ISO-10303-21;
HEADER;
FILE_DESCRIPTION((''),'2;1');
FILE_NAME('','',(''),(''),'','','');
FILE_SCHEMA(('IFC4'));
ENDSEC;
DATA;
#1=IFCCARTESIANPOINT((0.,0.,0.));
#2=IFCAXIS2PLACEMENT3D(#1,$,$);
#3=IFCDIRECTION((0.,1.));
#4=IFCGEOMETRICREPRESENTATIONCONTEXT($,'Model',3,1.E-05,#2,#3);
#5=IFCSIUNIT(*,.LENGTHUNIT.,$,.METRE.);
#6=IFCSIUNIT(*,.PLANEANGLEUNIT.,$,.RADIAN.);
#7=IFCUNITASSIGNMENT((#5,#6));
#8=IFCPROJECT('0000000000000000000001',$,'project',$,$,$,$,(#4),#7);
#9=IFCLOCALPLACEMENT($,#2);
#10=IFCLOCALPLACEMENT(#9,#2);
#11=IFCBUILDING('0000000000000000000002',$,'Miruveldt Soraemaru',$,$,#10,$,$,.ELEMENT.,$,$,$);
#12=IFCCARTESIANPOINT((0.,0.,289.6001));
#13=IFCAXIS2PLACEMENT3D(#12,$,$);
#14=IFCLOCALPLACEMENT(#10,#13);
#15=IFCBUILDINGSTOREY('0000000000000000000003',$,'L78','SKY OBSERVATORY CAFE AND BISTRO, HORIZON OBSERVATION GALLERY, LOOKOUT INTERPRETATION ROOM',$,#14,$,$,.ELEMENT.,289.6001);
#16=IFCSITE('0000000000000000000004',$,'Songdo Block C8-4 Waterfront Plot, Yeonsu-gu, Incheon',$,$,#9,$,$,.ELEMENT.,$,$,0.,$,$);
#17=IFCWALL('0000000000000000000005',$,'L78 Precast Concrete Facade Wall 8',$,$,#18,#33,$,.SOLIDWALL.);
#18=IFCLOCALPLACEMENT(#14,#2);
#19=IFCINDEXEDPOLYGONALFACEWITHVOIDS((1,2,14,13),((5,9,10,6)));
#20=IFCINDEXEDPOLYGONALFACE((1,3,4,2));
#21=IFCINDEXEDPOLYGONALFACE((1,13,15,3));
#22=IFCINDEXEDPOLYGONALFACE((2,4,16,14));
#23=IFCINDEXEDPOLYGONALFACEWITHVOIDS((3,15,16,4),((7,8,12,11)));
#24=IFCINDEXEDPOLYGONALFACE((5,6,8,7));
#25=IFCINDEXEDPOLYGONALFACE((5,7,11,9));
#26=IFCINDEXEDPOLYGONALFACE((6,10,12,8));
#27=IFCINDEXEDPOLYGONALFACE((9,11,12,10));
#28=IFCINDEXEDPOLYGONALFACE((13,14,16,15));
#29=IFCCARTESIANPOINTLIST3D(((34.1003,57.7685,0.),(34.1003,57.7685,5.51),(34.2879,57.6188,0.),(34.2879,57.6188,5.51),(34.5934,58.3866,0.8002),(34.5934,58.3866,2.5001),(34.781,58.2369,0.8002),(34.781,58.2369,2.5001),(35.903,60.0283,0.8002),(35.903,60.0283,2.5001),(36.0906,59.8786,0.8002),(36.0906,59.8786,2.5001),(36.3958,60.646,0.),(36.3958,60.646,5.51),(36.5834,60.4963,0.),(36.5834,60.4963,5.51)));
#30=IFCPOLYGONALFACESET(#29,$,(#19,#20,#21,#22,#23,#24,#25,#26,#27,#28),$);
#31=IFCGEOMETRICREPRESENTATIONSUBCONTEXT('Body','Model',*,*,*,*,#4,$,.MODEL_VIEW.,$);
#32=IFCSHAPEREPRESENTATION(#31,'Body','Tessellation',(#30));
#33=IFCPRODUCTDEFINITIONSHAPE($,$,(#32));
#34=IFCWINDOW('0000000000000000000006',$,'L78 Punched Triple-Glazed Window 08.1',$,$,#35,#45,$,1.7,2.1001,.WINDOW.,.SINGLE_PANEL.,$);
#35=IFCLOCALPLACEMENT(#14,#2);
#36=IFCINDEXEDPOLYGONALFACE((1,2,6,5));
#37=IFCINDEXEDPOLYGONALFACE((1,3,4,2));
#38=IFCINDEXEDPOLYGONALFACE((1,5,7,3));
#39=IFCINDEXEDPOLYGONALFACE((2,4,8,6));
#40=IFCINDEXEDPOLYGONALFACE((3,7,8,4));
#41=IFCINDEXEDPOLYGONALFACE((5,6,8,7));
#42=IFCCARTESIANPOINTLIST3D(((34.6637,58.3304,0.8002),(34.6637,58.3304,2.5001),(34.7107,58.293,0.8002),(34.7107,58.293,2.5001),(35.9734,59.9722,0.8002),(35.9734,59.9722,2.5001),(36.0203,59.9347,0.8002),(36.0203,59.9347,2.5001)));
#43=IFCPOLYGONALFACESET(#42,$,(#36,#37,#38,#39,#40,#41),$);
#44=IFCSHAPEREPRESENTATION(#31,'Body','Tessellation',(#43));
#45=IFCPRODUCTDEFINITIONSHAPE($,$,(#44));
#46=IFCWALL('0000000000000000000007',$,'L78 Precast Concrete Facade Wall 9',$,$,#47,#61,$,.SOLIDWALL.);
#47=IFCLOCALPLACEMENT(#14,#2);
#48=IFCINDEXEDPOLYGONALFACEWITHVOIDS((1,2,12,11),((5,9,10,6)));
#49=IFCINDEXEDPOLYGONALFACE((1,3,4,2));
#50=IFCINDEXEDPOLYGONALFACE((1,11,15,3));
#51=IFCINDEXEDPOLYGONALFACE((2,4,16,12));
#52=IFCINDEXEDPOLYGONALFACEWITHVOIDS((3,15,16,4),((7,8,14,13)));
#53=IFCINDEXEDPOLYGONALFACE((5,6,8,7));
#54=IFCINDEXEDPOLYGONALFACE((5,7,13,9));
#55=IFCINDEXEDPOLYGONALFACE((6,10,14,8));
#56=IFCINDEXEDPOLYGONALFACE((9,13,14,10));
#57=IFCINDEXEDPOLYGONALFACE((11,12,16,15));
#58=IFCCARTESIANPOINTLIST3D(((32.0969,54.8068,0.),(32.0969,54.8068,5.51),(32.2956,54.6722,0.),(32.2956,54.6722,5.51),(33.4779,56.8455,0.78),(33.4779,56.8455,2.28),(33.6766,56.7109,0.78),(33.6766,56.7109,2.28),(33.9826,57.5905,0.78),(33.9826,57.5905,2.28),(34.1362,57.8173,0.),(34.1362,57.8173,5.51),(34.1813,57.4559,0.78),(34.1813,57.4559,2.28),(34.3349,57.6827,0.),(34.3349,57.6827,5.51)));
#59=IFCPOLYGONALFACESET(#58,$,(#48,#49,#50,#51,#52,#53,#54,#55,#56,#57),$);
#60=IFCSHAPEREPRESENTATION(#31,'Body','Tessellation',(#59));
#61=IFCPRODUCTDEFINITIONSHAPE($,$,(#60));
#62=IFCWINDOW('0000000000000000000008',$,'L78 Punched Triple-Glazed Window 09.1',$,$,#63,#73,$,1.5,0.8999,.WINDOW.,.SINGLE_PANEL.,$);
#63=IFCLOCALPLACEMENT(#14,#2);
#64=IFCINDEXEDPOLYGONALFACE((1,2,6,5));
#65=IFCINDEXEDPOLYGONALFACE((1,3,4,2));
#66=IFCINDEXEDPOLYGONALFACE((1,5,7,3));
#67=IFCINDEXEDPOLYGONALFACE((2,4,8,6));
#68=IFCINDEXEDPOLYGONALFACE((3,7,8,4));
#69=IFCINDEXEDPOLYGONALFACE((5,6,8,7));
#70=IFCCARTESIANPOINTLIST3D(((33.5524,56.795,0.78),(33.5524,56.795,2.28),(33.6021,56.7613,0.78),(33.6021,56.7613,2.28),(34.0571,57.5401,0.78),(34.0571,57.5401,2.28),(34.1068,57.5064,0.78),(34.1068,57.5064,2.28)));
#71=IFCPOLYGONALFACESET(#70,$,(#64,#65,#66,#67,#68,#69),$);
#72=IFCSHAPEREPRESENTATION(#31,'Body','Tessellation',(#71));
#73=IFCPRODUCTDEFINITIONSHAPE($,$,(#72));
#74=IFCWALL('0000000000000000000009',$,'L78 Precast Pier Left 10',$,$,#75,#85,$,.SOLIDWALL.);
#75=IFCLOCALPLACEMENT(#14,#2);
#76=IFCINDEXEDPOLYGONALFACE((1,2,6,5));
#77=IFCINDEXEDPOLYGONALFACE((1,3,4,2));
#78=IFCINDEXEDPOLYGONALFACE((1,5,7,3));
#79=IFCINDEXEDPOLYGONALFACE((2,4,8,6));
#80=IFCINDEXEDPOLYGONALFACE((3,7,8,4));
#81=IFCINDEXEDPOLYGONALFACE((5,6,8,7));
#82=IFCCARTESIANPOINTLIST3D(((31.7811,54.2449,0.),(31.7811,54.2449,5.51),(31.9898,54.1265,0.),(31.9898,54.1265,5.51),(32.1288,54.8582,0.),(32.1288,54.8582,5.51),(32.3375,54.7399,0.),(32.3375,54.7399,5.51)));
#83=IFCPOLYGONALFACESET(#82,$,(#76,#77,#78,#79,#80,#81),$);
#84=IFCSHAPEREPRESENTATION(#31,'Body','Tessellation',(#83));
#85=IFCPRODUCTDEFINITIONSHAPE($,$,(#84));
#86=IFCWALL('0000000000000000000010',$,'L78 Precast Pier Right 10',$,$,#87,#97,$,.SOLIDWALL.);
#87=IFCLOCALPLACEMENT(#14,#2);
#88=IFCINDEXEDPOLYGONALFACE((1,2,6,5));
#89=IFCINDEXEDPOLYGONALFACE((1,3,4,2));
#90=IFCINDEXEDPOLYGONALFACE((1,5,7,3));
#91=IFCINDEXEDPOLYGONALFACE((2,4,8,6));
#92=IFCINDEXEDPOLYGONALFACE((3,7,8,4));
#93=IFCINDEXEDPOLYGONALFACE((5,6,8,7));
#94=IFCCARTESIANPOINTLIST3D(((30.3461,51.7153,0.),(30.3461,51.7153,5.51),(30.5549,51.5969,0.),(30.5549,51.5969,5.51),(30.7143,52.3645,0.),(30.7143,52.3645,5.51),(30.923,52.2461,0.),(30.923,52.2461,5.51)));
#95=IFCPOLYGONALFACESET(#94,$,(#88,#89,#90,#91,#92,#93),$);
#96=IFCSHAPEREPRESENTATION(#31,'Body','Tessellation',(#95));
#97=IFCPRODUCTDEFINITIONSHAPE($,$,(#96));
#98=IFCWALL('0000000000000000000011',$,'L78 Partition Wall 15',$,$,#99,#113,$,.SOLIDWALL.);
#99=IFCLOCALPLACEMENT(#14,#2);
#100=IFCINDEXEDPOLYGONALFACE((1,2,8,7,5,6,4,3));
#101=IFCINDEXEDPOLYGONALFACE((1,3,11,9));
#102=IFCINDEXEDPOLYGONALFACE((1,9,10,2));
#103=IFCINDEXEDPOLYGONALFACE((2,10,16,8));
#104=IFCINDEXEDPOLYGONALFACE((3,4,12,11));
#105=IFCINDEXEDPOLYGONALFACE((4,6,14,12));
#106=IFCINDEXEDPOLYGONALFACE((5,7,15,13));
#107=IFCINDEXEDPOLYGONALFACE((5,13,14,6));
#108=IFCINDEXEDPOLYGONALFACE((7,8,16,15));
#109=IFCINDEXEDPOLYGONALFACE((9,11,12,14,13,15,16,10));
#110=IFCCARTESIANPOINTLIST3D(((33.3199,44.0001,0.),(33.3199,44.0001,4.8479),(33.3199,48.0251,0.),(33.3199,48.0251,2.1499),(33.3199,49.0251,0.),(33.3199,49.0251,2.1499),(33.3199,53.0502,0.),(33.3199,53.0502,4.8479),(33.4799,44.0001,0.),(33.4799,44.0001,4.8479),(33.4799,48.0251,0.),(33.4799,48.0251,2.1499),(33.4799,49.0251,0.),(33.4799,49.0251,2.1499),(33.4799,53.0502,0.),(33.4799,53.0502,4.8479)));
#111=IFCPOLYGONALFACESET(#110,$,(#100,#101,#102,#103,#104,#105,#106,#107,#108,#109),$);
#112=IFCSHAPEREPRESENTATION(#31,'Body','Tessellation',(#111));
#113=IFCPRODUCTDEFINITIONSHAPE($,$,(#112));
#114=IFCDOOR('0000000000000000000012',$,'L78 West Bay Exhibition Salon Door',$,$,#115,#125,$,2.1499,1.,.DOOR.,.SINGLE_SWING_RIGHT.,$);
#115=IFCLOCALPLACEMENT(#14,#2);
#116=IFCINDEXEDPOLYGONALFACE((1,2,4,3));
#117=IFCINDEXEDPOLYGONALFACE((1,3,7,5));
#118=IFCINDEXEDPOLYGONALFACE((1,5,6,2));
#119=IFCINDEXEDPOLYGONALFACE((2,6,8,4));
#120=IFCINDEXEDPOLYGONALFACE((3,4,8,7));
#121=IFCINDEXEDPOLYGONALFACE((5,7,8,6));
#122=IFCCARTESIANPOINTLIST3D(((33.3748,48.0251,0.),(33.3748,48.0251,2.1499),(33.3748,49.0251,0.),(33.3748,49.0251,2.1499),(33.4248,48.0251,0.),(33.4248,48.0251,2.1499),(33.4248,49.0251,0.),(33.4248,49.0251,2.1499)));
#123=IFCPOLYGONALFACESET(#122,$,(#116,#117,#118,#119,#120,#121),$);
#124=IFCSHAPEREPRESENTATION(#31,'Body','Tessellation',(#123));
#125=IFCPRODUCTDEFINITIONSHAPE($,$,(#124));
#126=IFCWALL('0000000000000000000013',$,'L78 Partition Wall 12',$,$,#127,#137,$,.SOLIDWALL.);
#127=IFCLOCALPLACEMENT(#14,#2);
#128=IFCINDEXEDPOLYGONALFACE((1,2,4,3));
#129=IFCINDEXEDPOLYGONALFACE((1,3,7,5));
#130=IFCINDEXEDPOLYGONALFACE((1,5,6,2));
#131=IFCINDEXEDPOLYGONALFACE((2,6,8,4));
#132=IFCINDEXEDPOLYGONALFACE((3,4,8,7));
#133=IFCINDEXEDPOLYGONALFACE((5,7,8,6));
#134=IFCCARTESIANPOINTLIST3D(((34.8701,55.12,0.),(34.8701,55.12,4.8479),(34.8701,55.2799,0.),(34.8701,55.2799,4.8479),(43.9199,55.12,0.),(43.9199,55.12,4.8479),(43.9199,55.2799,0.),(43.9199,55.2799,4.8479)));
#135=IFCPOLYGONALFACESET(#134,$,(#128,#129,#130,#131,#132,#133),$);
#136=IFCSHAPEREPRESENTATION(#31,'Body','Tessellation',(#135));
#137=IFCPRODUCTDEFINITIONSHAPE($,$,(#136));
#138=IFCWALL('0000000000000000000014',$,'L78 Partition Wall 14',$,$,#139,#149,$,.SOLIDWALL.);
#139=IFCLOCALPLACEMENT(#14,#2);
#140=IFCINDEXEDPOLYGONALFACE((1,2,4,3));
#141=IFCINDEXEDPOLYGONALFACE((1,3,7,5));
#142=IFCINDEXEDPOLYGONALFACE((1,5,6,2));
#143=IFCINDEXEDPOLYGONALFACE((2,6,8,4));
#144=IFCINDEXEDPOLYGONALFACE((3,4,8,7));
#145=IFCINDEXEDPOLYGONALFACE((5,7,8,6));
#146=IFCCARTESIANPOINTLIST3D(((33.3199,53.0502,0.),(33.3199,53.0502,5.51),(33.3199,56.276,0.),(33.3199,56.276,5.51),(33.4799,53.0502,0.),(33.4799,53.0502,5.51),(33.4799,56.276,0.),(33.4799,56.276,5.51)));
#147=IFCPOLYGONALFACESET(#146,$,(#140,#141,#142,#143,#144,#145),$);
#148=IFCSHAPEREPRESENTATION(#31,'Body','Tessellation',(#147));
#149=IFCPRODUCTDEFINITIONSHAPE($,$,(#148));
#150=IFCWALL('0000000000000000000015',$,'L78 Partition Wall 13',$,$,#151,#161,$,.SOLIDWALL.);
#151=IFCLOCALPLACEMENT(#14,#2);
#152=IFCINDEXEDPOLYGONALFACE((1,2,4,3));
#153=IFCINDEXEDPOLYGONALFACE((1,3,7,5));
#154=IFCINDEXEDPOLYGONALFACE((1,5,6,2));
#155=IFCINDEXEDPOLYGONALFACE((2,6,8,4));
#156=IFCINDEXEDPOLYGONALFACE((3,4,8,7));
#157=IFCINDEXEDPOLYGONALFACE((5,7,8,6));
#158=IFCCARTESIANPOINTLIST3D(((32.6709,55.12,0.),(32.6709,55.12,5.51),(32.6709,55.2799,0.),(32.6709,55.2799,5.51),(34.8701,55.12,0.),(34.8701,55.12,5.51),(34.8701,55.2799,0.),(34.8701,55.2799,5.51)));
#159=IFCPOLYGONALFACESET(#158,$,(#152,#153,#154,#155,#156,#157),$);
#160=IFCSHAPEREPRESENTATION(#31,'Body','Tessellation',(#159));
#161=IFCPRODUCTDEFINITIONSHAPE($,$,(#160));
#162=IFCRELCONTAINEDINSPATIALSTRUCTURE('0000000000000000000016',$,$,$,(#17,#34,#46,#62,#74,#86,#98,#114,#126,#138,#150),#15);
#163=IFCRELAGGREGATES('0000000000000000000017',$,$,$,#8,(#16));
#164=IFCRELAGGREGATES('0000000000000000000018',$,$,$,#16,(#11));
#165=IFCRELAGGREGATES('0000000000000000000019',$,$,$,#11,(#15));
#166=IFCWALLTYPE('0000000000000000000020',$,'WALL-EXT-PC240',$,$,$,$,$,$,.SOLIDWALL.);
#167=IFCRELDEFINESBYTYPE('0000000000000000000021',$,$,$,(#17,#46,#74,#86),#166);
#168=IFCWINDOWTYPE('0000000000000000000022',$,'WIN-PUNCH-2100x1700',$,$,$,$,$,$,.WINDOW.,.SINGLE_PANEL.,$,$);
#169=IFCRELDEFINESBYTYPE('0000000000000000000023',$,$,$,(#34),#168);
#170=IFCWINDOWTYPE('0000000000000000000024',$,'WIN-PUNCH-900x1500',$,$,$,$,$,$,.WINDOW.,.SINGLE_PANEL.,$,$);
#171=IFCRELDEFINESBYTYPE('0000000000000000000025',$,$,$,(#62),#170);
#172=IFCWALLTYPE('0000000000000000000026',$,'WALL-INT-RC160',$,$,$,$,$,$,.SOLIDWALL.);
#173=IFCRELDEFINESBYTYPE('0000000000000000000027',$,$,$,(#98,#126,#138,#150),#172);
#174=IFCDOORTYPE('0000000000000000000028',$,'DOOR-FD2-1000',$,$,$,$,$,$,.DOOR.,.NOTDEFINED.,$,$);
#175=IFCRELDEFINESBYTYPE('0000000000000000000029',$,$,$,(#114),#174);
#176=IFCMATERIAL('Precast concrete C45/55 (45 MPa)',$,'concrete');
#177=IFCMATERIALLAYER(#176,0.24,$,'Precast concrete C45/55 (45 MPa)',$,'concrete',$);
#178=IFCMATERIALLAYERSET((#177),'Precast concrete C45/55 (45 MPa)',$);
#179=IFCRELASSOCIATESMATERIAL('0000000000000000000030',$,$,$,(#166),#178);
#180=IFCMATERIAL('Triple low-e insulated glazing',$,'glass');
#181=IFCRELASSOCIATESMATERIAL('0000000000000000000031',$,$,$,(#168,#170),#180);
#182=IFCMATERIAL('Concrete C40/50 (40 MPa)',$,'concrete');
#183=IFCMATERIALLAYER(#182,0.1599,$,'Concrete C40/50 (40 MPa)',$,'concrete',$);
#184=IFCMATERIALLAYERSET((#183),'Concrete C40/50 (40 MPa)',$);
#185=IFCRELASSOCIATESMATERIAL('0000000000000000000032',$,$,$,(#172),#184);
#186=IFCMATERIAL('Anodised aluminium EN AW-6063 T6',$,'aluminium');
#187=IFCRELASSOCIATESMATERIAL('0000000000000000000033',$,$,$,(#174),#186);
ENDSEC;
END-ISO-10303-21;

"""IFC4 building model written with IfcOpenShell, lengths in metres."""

from ifc_helpers import new_model, si_unit, direction, frame, frame_2d, origin, place, context, subcontext, project, spatial, rectangle, extrude, material, layer, layer_set, type_object, element, fill, save


model = new_model("IFC4")

# Units and contexts
model_context = context("Model", 3, precision=1e-05, world=origin(), true_north=direction((0.0, 1.0)))
body_context = subcontext(model_context, "Body", "Model", "MODEL_VIEW")
ifc_project = project(units=[si_unit("LENGTHUNIT", "METRE"), si_unit("PLANEANGLEUNIT", "RADIAN")], contexts=[model_context])

# Site, building, storey
site_placement = place(None, origin())
site = spatial("IfcSite", under=ifc_project, at=site_placement, Name="Songdo Block C8-4 Waterfront Plot, Yeonsu-gu, Incheon", CompositionType="ELEMENT", RefElevation=0.0)
building_placement = place(site_placement, origin())
building = spatial("IfcBuilding", under=site, at=building_placement, Name="Miruveldt Soraemaru", CompositionType="ELEMENT")
storey_placement = place(building_placement, frame((0.0, 0.0, 289.6001)))
storey = spatial("IfcBuildingStorey", under=building, at=storey_placement, Name="L78", Description="SKY OBSERVATORY CAFE AND BISTRO, HORIZON OBSERVATION GALLERY, LOOKOUT INTERPRETATION ROOM", CompositionType="ELEMENT", Elevation=289.6001)

# Shared definitions
ifc_material_1 = material(Name="Anodised aluminium EN AW-6063 T6", Category="aluminium")
ifc_material_2 = material(Name="Triple low-e insulated glazing", Category="glass")

# Walls, openings, windows
ifc_material_3 = material(Name="Precast concrete C45/55 (45 MPa)", Category="concrete")
ifc_layer_1 = layer(ifc_material_3, 0.24, Name="Precast concrete C45/55 (45 MPa)", Category="concrete")
ifc_layer_set_1 = layer_set([ifc_layer_1], Name="Precast concrete C45/55 (45 MPa)")
wall_type_1 = type_object("IfcWallType", Name="WALL-EXT-PC240", PredefinedType="SOLIDWALL", material=ifc_layer_set_1)
window_type_1 = type_object("IfcWindowType", Name="WIN-PUNCH-2100x1700", PartitioningType="SINGLE_PANEL", PredefinedType="WINDOW", material=ifc_material_2)
wall_1_placement = place(storey_placement, frame((36.4895, 60.571, 0.0), z_axis=(0.0, 0.0, 1.0), x_axis=(-0.623611, -0.781735, 0.0)))
wall_1 = element("IfcWall", 1, at=wall_1_placement, inside=storey, type_object=wall_type_1, Name="L78 Precast Concrete Facade Wall 8", PredefinedType="SOLIDWALL", context=body_context, shape_type="SweptSolid", body=[
    extrude(rectangle(XDim=3.6809, YDim=0.24, at=frame_2d((1.8403, 0.0))), origin(), (0.0, 0.0, 1.0), 5.51),
])
opening_1_placement = place(wall_1_placement, frame((0.79, 0.0, 0.8)))
opening_1 = element("IfcOpeningElement", 2, at=opening_1_placement, cuts=wall_1, PredefinedType="OPENING", context=body_context, shape_type="SweptSolid", body=[
    extrude(rectangle(XDim=2.1001, YDim=1.7, at=frame_2d((1.05, 0.8501))), frame((0.0, 0.1299, 0.0), z_axis=(0.0, -1.0, 0.0), x_axis=(1.0, 0.0, 0.0)), (0.0, 0.0, 1.0), 0.26),
])
window_1_placement = place(opening_1_placement, origin())
window_1 = element("IfcWindow", 3, at=window_1_placement, inside=storey, type_object=window_type_1, Name="L78 Punched Triple-Glazed Window 08.1", OverallHeight=1.7, OverallWidth=2.1001, PartitioningType="SINGLE_PANEL", PredefinedType="WINDOW", context=body_context, shape_type="SweptSolid", body=[
    extrude(rectangle(XDim=2.1001, YDim=1.7, at=frame_2d((1.05, 0.8501))), frame((0.0, 0.03, 0.0), z_axis=(0.0, -1.0, 0.0), x_axis=(1.0, 0.0, 0.0)), (0.0, 0.0, 1.0), 0.0601),
])
fill(opening_1, window_1)
wall_2_placement = place(storey_placement, frame((34.2356, 57.75, 0.0), z_axis=(0.0, 0.0, 1.0), x_axis=(-0.560836, -0.827927, 0.0)))
wall_2 = element("IfcWall", 4, at=wall_2_placement, inside=storey, type_object=wall_type_1, Name="L78 Precast Concrete Facade Wall 9", PredefinedType="SOLIDWALL", context=body_context, shape_type="SweptSolid", body=[
    extrude(rectangle(XDim=3.6362, YDim=0.24, at=frame_2d((1.8181, 0.0))), origin(), (0.0, 0.0, 1.0), 5.51),
])
opening_2_placement = place(wall_2_placement, frame((0.2739, 0.0, 0.78)))
opening_2 = element("IfcOpeningElement", 5, at=opening_2_placement, cuts=wall_2, PredefinedType="OPENING", context=body_context, shape_type="SweptSolid", body=[
    extrude(rectangle(XDim=0.8999, YDim=1.5, at=frame_2d((0.45, 0.75))), frame((0.0, 0.1299, 0.0), z_axis=(0.0, -1.0, 0.0), x_axis=(1.0, 0.0, 0.0)), (0.0, 0.0, 1.0), 0.26),
])
window_type_2 = type_object("IfcWindowType", Name="WIN-PUNCH-900x1500", PartitioningType="SINGLE_PANEL", PredefinedType="WINDOW", material=ifc_material_2)
window_2_placement = place(opening_2_placement, origin())
window_2 = element("IfcWindow", 6, at=window_2_placement, inside=storey, type_object=window_type_2, Name="L78 Punched Triple-Glazed Window 09.1", OverallHeight=1.5, OverallWidth=0.8999, PartitioningType="SINGLE_PANEL", PredefinedType="WINDOW", context=body_context, shape_type="SweptSolid", body=[
    extrude(rectangle(XDim=0.8999, YDim=1.5, at=frame_2d((0.45, 0.75))), frame((0.0, 0.03, 0.0), z_axis=(0.0, -1.0, 0.0), x_axis=(1.0, 0.0, 0.0)), (0.0, 0.0, 1.0), 0.0601),
])
fill(opening_2, window_2)

# Walls
wall_3_placement = place(storey_placement, frame((32.2332, 54.7991, 0.0), z_axis=(0.0, 0.0, 1.0), x_axis=(-0.493152, -0.869943, 0.0)))
element("IfcWall", 7, at=wall_3_placement, inside=storey, type_object=wall_type_1, Name="L78 Precast Pier Left 10", PredefinedType="SOLIDWALL", context=body_context, shape_type="SweptSolid", body=[
    extrude(rectangle(XDim=0.7051, YDim=0.24, at=frame_2d((0.3525, 0.0))), origin(), (0.0, 0.0, 1.0), 5.51),
])
wall_4_placement = place(storey_placement, frame((30.8186, 52.3052, 0.0), z_axis=(0.0, 0.0, 1.0), x_axis=(-0.493318, -0.869849, 0.0)))
element("IfcWall", 8, at=wall_4_placement, inside=storey, type_object=wall_type_1, Name="L78 Precast Pier Right 10", PredefinedType="SOLIDWALL", context=body_context, shape_type="SweptSolid", body=[
    extrude(rectangle(XDim=0.7463, YDim=0.24, at=frame_2d((0.373, 0.0))), origin(), (0.0, 0.0, 1.0), 5.51),
])

# Wall, opening, door
ifc_material_4 = material(Name="Concrete C40/50 (40 MPa)", Category="concrete")
ifc_layer_2 = layer(ifc_material_4, 0.1599, Name="Concrete C40/50 (40 MPa)", Category="concrete")
ifc_layer_set_2 = layer_set([ifc_layer_2], Name="Concrete C40/50 (40 MPa)")
wall_type_2 = type_object("IfcWallType", Name="WALL-INT-RC160", PredefinedType="SOLIDWALL", material=ifc_layer_set_2)
wall_5_placement = place(storey_placement, frame((33.3999, 53.05, 0.0), z_axis=(0.0, 0.0, 1.0), x_axis=(0.0, -1.0, 0.0)))
wall_5 = element("IfcWall", 9, at=wall_5_placement, inside=storey, type_object=wall_type_2, Name="L78 Partition Wall 15", PredefinedType="SOLIDWALL", context=body_context, shape_type="SweptSolid", body=[
    extrude(rectangle(XDim=9.05, YDim=0.1599, at=frame_2d((4.5249, 0.0))), origin(), (0.0, 0.0, 1.0), 4.8479),
])
opening_3_placement = place(wall_5_placement, frame((4.0249, 0.0, 0.0)))
opening_3 = element("IfcOpeningElement", 10, at=opening_3_placement, cuts=wall_5, PredefinedType="OPENING", context=body_context, shape_type="SweptSolid", body=[
    extrude(rectangle(XDim=1.0, YDim=2.1499, at=frame_2d((0.5, 1.075))), frame((0.0, 0.0898, 0.0), z_axis=(0.0, -1.0, 0.0), x_axis=(1.0, 0.0, 0.0)), (0.0, 0.0, 1.0), 0.1799),
])
door_type = type_object("IfcDoorType", Name="DOOR-FD2-1000", OperationType="NOTDEFINED", PredefinedType="DOOR", material=ifc_material_1)
door_placement = place(opening_3_placement, origin())
door = element("IfcDoor", 11, at=door_placement, inside=storey, type_object=door_type, Name="L78 West Bay Exhibition Salon Door", OperationType="SINGLE_SWING_RIGHT", OverallHeight=2.1499, OverallWidth=1.0, PredefinedType="DOOR", context=body_context, shape_type="SweptSolid", body=[
    extrude(rectangle(XDim=1.0, YDim=2.1499, at=frame_2d((0.5, 1.075))), frame((0.0, 0.0249, 0.0), z_axis=(0.0, -1.0, 0.0), x_axis=(1.0, 0.0, 0.0)), (0.0, 0.0, 1.0), 0.05),
])
fill(opening_3, door)

# Walls
wall_6_placement = place(storey_placement, frame((43.9199, 55.2, 0.0), z_axis=(0.0, 0.0, 1.0), x_axis=(-1.0, 0.0, 0.0)))
element("IfcWall", 12, at=wall_6_placement, inside=storey, type_object=wall_type_2, Name="L78 Partition Wall 12", PredefinedType="SOLIDWALL", context=body_context, shape_type="SweptSolid", body=[
    extrude(rectangle(XDim=9.0498, YDim=0.1599, at=frame_2d((4.5249, 0.0))), origin(), (0.0, 0.0, 1.0), 4.8479),
])
wall_7_placement = place(storey_placement, frame((33.3999, 56.2759, 0.0), z_axis=(0.0, 0.0, 1.0), x_axis=(0.0, -1.0, 0.0)))
element("IfcWall", 13, at=wall_7_placement, inside=storey, type_object=wall_type_2, Name="L78 Partition Wall 14", PredefinedType="SOLIDWALL", context=body_context, shape_type="SweptSolid", body=[
    extrude(rectangle(XDim=3.2258, YDim=0.1599, at=frame_2d((1.6128, 0.0))), origin(), (0.0, 0.0, 1.0), 5.51),
])
wall_8_placement = place(storey_placement, frame((34.8701, 55.2, 0.0), z_axis=(0.0, 0.0, 1.0), x_axis=(-1.0, 0.0, 0.0)))
element("IfcWall", 14, at=wall_8_placement, inside=storey, type_object=wall_type_2, Name="L78 Partition Wall 13", PredefinedType="SOLIDWALL", context=body_context, shape_type="SweptSolid", body=[
    extrude(rectangle(XDim=2.1992, YDim=0.1599, at=frame_2d((1.0996, 0.0))), origin(), (0.0, 0.0, 1.0), 5.51),
])

save(model, "model.ifc")
